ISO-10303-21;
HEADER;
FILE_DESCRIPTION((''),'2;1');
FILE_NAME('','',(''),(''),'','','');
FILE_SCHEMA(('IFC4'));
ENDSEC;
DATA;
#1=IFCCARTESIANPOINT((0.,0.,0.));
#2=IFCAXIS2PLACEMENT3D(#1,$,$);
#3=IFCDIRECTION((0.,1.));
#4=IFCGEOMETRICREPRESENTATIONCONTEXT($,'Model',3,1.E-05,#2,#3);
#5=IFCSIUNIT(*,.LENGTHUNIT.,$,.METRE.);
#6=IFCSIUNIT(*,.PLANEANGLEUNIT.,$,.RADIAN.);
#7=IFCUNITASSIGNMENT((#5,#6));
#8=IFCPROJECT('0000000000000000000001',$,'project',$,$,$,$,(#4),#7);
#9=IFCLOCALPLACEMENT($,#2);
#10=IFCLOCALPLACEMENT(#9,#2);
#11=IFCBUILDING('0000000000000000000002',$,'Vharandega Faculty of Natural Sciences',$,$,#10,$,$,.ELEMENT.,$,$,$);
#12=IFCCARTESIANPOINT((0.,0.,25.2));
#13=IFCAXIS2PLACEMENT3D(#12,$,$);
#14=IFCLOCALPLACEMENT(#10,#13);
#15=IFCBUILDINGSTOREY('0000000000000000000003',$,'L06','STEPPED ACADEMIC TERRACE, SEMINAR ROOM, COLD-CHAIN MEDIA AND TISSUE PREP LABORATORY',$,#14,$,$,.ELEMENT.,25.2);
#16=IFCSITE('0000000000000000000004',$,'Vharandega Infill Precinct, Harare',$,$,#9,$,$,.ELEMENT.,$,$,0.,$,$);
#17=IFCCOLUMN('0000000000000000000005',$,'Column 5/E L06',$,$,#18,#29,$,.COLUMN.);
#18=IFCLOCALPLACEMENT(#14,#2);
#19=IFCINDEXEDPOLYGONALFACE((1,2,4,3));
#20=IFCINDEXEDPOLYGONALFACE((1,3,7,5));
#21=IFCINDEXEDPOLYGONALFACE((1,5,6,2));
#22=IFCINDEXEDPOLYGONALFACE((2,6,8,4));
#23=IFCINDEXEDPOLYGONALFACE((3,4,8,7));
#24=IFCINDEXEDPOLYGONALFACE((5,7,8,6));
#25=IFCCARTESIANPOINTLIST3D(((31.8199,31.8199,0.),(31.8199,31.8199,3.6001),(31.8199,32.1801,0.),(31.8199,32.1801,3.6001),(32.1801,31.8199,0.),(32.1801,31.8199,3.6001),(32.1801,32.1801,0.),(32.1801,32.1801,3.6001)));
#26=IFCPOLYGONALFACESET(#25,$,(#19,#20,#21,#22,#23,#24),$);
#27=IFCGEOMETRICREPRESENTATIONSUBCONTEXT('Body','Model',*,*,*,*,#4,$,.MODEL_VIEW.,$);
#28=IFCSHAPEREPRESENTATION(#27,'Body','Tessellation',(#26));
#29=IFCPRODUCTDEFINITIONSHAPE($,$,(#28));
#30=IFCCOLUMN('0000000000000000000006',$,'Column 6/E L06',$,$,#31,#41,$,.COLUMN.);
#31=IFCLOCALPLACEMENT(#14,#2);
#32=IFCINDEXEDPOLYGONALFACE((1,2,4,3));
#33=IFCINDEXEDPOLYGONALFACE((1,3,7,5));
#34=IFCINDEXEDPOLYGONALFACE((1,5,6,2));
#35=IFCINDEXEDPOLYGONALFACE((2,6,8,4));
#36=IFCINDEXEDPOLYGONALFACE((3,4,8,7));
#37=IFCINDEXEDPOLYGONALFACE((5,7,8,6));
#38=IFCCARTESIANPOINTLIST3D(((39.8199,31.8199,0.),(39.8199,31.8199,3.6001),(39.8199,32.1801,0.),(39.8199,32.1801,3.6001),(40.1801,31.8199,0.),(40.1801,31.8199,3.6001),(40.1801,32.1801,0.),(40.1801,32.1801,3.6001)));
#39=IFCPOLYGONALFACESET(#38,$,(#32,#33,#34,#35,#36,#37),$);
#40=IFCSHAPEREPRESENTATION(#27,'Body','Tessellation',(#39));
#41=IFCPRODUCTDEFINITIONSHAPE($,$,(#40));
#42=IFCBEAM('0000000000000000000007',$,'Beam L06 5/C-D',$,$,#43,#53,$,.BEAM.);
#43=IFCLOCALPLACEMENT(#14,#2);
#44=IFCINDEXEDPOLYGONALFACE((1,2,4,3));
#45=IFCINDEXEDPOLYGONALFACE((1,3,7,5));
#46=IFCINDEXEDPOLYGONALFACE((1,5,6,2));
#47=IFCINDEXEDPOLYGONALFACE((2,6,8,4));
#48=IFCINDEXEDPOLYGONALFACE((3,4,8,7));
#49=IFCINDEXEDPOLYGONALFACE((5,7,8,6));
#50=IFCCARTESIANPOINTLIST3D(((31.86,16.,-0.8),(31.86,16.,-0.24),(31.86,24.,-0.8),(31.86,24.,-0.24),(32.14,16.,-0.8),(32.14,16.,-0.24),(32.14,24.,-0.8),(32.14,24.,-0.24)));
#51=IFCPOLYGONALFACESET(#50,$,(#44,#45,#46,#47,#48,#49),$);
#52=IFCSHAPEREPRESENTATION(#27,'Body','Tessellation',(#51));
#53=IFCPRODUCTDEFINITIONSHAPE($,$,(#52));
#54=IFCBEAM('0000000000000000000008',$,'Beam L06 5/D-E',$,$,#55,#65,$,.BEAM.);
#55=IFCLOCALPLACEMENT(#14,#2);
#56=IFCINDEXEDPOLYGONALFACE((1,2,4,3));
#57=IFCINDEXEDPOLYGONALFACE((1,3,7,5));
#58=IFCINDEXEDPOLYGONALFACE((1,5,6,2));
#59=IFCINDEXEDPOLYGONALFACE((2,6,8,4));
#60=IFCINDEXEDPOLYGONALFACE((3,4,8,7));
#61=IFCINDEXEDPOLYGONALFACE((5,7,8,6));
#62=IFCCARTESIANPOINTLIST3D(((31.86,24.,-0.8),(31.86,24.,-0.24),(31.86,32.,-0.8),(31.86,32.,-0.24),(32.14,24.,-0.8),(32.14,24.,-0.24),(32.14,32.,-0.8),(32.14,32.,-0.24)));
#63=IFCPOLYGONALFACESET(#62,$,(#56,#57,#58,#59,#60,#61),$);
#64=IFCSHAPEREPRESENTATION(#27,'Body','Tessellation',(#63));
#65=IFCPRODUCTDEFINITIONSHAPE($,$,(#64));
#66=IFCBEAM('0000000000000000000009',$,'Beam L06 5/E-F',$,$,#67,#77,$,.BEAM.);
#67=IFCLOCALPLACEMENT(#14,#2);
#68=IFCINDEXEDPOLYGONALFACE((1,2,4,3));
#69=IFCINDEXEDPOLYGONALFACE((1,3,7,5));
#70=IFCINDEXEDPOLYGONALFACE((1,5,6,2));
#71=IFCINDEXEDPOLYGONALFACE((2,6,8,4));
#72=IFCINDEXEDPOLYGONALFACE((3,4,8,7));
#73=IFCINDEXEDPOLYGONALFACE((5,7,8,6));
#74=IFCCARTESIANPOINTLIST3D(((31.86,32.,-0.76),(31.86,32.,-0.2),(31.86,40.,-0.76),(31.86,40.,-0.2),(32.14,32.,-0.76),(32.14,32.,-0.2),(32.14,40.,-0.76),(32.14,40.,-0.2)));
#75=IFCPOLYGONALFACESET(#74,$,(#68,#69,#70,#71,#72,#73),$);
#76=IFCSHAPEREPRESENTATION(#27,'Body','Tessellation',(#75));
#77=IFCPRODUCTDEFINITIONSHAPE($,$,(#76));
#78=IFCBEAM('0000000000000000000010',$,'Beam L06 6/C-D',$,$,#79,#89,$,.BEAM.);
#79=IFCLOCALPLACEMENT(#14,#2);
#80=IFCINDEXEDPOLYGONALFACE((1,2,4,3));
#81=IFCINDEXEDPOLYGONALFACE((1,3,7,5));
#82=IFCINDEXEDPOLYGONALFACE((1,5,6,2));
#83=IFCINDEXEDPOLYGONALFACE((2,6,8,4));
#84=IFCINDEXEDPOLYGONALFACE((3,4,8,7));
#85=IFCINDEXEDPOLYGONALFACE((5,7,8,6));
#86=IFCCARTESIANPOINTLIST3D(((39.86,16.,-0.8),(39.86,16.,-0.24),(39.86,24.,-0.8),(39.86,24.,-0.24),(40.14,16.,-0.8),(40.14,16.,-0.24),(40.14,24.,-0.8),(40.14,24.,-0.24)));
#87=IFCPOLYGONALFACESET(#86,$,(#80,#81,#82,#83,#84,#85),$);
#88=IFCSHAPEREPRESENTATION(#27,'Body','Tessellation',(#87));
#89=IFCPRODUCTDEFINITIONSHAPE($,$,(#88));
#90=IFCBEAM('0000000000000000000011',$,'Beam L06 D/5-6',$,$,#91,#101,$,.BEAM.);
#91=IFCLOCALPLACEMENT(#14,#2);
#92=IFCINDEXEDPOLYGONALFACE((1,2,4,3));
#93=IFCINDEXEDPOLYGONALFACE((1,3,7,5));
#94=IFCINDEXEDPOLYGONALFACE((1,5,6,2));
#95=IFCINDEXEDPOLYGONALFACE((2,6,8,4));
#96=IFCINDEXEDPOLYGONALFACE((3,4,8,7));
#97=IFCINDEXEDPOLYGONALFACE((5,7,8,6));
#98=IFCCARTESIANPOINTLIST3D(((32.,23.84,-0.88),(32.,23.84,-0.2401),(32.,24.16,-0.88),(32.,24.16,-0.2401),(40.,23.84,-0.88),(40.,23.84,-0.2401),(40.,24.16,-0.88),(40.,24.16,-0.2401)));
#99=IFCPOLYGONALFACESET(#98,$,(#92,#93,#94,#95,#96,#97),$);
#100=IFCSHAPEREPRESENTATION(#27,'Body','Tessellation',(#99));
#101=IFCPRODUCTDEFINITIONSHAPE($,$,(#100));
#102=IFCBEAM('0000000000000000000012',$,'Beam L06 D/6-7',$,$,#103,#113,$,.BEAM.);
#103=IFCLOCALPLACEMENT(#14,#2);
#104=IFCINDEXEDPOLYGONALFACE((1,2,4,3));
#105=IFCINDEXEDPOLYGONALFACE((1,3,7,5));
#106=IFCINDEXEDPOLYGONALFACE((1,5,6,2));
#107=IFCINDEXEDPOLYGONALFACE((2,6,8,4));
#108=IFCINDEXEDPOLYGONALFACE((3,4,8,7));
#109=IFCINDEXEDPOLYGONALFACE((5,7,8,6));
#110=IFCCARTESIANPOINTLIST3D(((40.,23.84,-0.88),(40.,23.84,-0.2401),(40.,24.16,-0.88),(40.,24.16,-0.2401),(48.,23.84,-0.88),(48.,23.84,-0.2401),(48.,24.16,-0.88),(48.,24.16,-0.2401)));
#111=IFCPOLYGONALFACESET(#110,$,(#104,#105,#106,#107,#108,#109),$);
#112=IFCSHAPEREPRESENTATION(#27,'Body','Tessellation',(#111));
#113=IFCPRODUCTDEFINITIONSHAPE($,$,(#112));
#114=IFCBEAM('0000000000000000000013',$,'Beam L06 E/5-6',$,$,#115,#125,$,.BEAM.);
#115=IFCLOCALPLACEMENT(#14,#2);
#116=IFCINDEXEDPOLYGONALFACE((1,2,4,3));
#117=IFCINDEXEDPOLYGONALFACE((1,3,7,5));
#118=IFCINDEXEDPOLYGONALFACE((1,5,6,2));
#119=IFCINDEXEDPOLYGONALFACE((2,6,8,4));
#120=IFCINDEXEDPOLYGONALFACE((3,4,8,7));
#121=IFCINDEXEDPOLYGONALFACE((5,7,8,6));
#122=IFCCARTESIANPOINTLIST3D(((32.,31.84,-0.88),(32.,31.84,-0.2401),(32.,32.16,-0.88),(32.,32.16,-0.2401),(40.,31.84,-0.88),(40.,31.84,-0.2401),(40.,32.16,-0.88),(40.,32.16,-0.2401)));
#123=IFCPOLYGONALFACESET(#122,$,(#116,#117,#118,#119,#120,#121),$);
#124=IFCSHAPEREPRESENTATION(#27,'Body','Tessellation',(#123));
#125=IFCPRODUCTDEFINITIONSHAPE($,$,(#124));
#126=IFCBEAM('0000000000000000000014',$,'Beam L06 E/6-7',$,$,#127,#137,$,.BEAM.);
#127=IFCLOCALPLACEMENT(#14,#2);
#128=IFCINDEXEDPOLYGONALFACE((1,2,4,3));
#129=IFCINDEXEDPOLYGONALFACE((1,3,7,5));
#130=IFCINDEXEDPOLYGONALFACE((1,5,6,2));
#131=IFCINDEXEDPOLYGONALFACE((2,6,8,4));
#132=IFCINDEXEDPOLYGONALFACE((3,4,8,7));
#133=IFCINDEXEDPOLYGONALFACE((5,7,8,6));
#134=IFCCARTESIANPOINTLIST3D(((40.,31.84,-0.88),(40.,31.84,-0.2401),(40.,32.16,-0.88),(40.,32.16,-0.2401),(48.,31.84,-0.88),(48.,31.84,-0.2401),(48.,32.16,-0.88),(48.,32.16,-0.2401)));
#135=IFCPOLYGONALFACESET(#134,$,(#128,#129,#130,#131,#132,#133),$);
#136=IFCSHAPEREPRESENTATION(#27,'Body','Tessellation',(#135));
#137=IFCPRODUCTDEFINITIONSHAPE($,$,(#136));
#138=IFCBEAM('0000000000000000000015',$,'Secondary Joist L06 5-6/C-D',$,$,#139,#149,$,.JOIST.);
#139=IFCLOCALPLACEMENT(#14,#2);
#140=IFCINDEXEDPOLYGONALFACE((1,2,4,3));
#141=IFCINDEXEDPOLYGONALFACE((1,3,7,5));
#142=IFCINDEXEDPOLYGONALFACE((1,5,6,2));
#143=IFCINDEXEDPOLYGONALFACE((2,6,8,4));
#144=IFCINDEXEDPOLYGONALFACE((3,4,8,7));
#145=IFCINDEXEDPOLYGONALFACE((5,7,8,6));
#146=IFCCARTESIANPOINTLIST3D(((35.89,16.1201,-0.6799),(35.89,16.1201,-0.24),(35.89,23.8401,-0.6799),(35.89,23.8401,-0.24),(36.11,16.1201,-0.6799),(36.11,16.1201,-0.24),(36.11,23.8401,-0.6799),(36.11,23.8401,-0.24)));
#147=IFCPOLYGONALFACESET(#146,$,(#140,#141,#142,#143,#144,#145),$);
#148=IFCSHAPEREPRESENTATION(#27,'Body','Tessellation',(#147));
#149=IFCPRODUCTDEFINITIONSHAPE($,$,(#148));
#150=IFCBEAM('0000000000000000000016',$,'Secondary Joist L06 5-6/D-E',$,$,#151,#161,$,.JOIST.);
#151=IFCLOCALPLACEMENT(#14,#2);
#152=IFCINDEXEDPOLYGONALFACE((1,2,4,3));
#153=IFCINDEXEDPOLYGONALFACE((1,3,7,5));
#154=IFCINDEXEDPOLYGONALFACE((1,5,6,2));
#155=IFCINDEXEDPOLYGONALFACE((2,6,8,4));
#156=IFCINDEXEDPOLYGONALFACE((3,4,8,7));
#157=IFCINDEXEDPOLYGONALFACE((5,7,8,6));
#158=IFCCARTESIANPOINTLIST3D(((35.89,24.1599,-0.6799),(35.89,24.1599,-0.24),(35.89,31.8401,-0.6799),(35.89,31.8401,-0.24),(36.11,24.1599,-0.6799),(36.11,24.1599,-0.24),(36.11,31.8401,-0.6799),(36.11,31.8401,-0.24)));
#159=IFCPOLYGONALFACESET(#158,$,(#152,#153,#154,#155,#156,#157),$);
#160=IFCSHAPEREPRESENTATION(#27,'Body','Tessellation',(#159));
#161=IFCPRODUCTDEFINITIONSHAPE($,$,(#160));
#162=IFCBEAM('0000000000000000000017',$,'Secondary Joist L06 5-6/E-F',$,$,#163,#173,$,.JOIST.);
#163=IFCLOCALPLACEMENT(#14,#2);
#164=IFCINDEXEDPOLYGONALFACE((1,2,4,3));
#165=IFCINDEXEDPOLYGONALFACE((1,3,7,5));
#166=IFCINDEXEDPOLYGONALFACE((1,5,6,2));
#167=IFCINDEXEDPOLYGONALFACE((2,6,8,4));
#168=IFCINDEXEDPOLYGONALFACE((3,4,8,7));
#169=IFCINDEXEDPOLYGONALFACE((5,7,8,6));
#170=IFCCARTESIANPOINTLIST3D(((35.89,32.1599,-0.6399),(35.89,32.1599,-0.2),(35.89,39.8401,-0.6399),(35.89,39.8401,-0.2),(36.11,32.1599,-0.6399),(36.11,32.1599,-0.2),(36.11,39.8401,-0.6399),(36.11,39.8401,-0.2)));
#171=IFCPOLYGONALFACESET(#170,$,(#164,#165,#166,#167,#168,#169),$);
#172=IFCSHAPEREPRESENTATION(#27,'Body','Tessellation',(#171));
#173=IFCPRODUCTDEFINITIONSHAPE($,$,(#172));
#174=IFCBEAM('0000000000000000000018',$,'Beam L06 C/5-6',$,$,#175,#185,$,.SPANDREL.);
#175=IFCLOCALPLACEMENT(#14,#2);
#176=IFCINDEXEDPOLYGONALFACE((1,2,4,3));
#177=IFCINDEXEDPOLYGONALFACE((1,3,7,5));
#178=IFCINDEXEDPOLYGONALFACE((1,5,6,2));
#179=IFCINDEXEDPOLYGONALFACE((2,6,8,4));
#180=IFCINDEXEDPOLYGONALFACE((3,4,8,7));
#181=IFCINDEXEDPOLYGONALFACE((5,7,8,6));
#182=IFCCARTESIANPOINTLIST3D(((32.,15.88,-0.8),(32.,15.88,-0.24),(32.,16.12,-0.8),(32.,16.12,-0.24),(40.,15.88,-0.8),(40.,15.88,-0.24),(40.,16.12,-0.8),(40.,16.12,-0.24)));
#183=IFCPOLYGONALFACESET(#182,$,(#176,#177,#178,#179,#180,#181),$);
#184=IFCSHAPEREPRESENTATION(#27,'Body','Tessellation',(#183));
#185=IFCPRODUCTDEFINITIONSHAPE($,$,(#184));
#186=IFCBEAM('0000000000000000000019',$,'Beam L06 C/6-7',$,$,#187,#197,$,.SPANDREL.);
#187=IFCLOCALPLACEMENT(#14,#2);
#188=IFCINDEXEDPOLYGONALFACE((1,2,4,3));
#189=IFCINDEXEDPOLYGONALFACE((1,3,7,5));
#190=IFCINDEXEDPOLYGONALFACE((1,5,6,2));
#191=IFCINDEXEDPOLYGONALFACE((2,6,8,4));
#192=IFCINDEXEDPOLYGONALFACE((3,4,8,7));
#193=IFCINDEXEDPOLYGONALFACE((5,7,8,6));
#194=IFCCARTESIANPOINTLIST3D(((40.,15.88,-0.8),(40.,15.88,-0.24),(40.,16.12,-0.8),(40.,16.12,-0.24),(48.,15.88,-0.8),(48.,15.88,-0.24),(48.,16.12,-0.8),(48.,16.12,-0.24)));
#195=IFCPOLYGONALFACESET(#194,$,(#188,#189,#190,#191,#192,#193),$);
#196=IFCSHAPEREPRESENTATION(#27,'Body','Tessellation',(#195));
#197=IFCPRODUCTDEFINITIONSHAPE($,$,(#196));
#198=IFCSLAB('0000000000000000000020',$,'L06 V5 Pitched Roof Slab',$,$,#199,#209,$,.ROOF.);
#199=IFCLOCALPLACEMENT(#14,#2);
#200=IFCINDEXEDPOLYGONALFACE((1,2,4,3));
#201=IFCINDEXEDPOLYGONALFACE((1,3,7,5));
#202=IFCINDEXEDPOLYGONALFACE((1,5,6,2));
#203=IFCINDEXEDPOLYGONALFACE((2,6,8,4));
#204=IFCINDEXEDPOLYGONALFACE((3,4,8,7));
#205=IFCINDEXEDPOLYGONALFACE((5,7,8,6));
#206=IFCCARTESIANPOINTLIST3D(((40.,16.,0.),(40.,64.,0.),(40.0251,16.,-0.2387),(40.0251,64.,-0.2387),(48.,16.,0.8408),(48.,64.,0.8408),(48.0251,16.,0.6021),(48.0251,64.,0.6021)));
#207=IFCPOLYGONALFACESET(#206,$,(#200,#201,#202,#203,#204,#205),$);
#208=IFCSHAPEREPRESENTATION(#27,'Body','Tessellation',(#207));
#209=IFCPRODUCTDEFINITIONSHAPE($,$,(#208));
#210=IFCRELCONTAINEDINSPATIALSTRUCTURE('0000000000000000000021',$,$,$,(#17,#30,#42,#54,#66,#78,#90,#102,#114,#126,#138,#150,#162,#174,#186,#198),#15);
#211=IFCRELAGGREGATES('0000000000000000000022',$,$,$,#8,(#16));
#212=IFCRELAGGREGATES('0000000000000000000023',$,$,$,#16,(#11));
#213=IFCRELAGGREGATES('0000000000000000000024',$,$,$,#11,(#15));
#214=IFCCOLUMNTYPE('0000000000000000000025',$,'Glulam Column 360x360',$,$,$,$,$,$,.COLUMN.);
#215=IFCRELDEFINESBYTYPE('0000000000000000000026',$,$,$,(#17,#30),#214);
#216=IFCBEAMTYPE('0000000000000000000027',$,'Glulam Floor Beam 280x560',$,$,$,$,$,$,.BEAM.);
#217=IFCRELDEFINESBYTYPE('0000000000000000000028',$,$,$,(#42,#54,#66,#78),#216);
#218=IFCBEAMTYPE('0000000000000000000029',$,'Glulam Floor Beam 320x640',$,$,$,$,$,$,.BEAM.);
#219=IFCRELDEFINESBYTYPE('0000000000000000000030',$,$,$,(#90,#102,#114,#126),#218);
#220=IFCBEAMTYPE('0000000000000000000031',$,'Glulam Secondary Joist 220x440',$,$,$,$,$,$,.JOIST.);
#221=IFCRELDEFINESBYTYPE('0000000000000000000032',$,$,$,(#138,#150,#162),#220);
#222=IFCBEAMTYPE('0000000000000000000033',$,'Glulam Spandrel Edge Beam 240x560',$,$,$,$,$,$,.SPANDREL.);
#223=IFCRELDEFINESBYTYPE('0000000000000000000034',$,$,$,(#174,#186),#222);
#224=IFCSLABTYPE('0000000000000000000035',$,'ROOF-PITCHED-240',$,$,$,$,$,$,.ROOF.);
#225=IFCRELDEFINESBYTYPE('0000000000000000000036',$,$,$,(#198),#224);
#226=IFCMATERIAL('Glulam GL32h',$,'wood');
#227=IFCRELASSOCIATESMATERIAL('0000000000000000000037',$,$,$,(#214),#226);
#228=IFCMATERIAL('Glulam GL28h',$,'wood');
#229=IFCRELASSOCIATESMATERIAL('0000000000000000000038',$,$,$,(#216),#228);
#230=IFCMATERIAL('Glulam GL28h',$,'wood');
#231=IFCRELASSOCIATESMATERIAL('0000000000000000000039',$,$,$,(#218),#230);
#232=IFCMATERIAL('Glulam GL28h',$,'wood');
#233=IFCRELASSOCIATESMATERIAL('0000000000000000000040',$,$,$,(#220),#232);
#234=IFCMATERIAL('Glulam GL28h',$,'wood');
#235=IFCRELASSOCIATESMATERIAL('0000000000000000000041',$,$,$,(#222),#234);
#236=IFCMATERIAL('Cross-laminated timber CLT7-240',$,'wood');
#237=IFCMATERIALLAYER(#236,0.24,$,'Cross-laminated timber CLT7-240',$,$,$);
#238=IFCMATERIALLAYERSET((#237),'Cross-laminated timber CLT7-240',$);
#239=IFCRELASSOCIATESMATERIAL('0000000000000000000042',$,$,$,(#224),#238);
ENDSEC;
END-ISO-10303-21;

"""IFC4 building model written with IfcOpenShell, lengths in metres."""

from ifc_helpers import new_model, si_unit, direction, frame, origin, origin_2d, place, context, subcontext, project, spatial, polyline, rectangle, outline, extrude, material, layer, layer_set, material_profile, profile_set, type_object, element, save


model = new_model("IFC4")

# Units and contexts
model_context = context("Model", 3, precision=1e-05, world=origin(), true_north=direction((0.0, 1.0)))
body_context = subcontext(model_context, "Body", "Model", "MODEL_VIEW")
ifc_project = project(units=[si_unit("LENGTHUNIT", "METRE"), si_unit("PLANEANGLEUNIT", "RADIAN")], contexts=[model_context])

# Site, building, storey
site_placement = place(None, origin())
site = spatial("IfcSite", under=ifc_project, at=site_placement, Name="Vharandega Infill Precinct, Harare", CompositionType="ELEMENT", RefElevation=0.0)
building_placement = place(site_placement, origin())
building = spatial("IfcBuilding", under=site, at=building_placement, Name="Vharandega Faculty of Natural Sciences", CompositionType="ELEMENT")
storey_placement = place(building_placement, frame((0.0, 0.0, 25.2)))
storey = spatial("IfcBuildingStorey", under=building, at=storey_placement, Name="L06", Description="STEPPED ACADEMIC TERRACE, SEMINAR ROOM, COLD-CHAIN MEDIA AND TISSUE PREP LABORATORY", CompositionType="ELEMENT", Elevation=25.2)

# Columns
ifc_material_1 = material(Name="Glulam GL32h", Category="wood")
ifc_material_profile_1 = material_profile(ifc_material_1, rectangle(XDim=0.3601, YDim=0.3601, at=origin_2d()), Name="GL32h 360x360")
ifc_profile_set_1 = profile_set([ifc_material_profile_1], Name="Glulam GL32h")
column_type = type_object("IfcColumnType", Name="Glulam Column 360x360", PredefinedType="COLUMN", material=ifc_profile_set_1)
for number, where, z_axis, x_axis, name in (
    (1, (32.0, 32.0, 0.0), (0.0, 0.0, 1.0), (1.0, 0.0, 0.0), "Column 5/E L06"),
    (2, (40.0, 32.0, 0.0), (0.0, 0.0, 1.0), (1.0, 0.0, 0.0), "Column 6/E L06"),
):
    element("IfcColumn", number, at=place(storey_placement, frame(where, z_axis=z_axis, x_axis=x_axis)), inside=storey, type_object=column_type, Name=name, PredefinedType="COLUMN", context=body_context, shape_type="SweptSolid", body=[
        extrude(rectangle(XDim=0.3601, YDim=0.3601, at=origin_2d()), origin(), (0.0, 0.0, 1.0), 3.6001),
    ])

# Beams
ifc_material_2 = material(Name="Glulam GL28h", Category="wood")
ifc_material_profile_2 = material_profile(ifc_material_2, rectangle(XDim=0.28, YDim=0.5601, at=origin_2d()), Name="GL28h 280x560")
ifc_profile_set_2 = profile_set([ifc_material_profile_2], Name="Glulam GL28h")
beam_type_1 = type_object("IfcBeamType", Name="Glulam Floor Beam 280x560", PredefinedType="BEAM", material=ifc_profile_set_2)
for number, where, z_axis, x_axis, name in (
    (3, (32.0, 16.0, -0.52), (0.0, 1.0, 0.0), (-1.0, 0.0, 0.0), "Beam L06 5/C-D"),
    (4, (32.0, 24.0, -0.52), (0.0, 1.0, 0.0), (-1.0, 0.0, 0.0), "Beam L06 5/D-E"),
    (5, (32.0, 32.0, -0.48), (0.0, 1.0, 0.0), (-1.0, 0.0, 0.0), "Beam L06 5/E-F"),
    (6, (40.0, 16.0, -0.52), (0.0, 1.0, 0.0), (-1.0, 0.0, 0.0), "Beam L06 6/C-D"),
):
    element("IfcBeam", number, at=place(storey_placement, frame(where, z_axis=z_axis, x_axis=x_axis)), inside=storey, type_object=beam_type_1, Name=name, PredefinedType="BEAM", context=body_context, shape_type="SweptSolid", body=[
        extrude(rectangle(XDim=0.28, YDim=0.5601, at=origin_2d()), origin(), (0.0, 0.0, 1.0), 8.0),
    ])
ifc_material_3 = material(Name="Glulam GL28h", Category="wood")
ifc_material_profile_3 = material_profile(ifc_material_3, rectangle(XDim=0.3201, YDim=0.6399, at=origin_2d()), Name="GL28h 320x640")
ifc_profile_set_3 = profile_set([ifc_material_profile_3], Name="Glulam GL28h")
beam_type_2 = type_object("IfcBeamType", Name="Glulam Floor Beam 320x640", PredefinedType="BEAM", material=ifc_profile_set_3)
for number, where, z_axis, x_axis, name in (
    (7, (32.0, 24.0, -0.5601), (1.0, 0.0, 0.0), (0.0, 1.0, 0.0), "Beam L06 D/5-6"),
    (8, (40.0, 24.0, -0.5601), (1.0, 0.0, 0.0), (0.0, 1.0, 0.0), "Beam L06 D/6-7"),
    (9, (32.0, 32.0, -0.5601), (1.0, 0.0, 0.0), (0.0, 1.0, 0.0), "Beam L06 E/5-6"),
    (10, (40.0, 32.0, -0.5601), (1.0, 0.0, 0.0), (0.0, 1.0, 0.0), "Beam L06 E/6-7"),
):
    element("IfcBeam", number, at=place(storey_placement, frame(where, z_axis=z_axis, x_axis=x_axis)), inside=storey, type_object=beam_type_2, Name=name, PredefinedType="BEAM", context=body_context, shape_type="SweptSolid", body=[
        extrude(rectangle(XDim=0.3201, YDim=0.6399, at=origin_2d()), origin(), (0.0, 0.0, 1.0), 8.0),
    ])
ifc_material_4 = material(Name="Glulam GL28h", Category="wood")
ifc_material_profile_4 = material_profile(ifc_material_4, rectangle(XDim=0.22, YDim=0.4399, at=origin_2d()), Name="GL28h 220x440")
ifc_profile_set_4 = profile_set([ifc_material_profile_4], Name="Glulam GL28h")
beam_type_3 = type_object("IfcBeamType", Name="Glulam Secondary Joist 220x440", PredefinedType="JOIST", material=ifc_profile_set_4)
beam_placement = place(storey_placement, frame((36.0, 16.1201, -0.46), z_axis=(0.0, 1.0, 0.0), x_axis=(-1.0, 0.0, 0.0)))
element("IfcBeam", 11, at=beam_placement, inside=storey, type_object=beam_type_3, Name="Secondary Joist L06 5-6/C-D", PredefinedType="JOIST", context=body_context, shape_type="SweptSolid", body=[
    extrude(rectangle(XDim=0.22, YDim=0.4399, at=origin_2d()), origin(), (0.0, 0.0, 1.0), 7.72),
])
for number, where, z_axis, x_axis, name in (
    (12, (36.0, 24.1599, -0.46), (0.0, 1.0, 0.0), (-1.0, 0.0, 0.0), "Secondary Joist L06 5-6/D-E"),
    (13, (36.0, 32.1599, -0.4199), (0.0, 1.0, 0.0), (-1.0, 0.0, 0.0), "Secondary Joist L06 5-6/E-F"),
):
    element("IfcBeam", number, at=place(storey_placement, frame(where, z_axis=z_axis, x_axis=x_axis)), inside=storey, type_object=beam_type_3, Name=name, PredefinedType="JOIST", context=body_context, shape_type="SweptSolid", body=[
        extrude(rectangle(XDim=0.22, YDim=0.4399, at=origin_2d()), origin(), (0.0, 0.0, 1.0), 7.6802),
    ])
ifc_material_5 = material(Name="Glulam GL28h", Category="wood")
ifc_material_profile_5 = material_profile(ifc_material_5, rectangle(XDim=0.24, YDim=0.5601, at=origin_2d()), Name="GL28h 240x560")
ifc_profile_set_5 = profile_set([ifc_material_profile_5], Name="Glulam GL28h")
beam_type_4 = type_object("IfcBeamType", Name="Glulam Spandrel Edge Beam 240x560", PredefinedType="SPANDREL", material=ifc_profile_set_5)
for number, where, z_axis, x_axis, name in (
    (14, (32.0, 16.0, -0.52), (1.0, 0.0, 0.0), (0.0, 1.0, 0.0), "Beam L06 C/5-6"),
    (15, (40.0, 16.0, -0.52), (1.0, 0.0, 0.0), (0.0, 1.0, 0.0), "Beam L06 C/6-7"),
):
    element("IfcBeam", number, at=place(storey_placement, frame(where, z_axis=z_axis, x_axis=x_axis)), inside=storey, type_object=beam_type_4, Name=name, PredefinedType="SPANDREL", context=body_context, shape_type="SweptSolid", body=[
        extrude(rectangle(XDim=0.24, YDim=0.5601, at=origin_2d()), origin(), (0.0, 0.0, 1.0), 8.0),
    ])

# Slab
ifc_material_6 = material(Name="Cross-laminated timber CLT7-240", Category="wood")
ifc_layer_1 = layer(ifc_material_6, 0.24, Name="Cross-laminated timber CLT7-240")
ifc_layer_set_1 = layer_set([ifc_layer_1], Name="Cross-laminated timber CLT7-240")
slab_type = type_object("IfcSlabType", Name="ROOF-PITCHED-240", PredefinedType="ROOF", material=ifc_layer_set_1)
slab_placement = place(storey_placement, frame((40.0, 16.0, 0.0), z_axis=(-0.104527, 0.0, 0.994522), x_axis=(0.994522, 0.0, 0.104527)))
element("IfcSlab", 16, at=slab_placement, inside=storey, type_object=slab_type, Name="L06 V5 Pitched Roof Slab", PredefinedType="ROOF", context=body_context, shape_type="SweptSolid", body=[
    extrude(outline(polyline([(0.0, 0.0), (8.0441, 0.0), (8.0441, 48.0), (0.0, 48.0), (0.0, 0.0)])), origin(), (0.0, 0.0, -1.0), 0.24),
])

save(model, "model.ifc")
